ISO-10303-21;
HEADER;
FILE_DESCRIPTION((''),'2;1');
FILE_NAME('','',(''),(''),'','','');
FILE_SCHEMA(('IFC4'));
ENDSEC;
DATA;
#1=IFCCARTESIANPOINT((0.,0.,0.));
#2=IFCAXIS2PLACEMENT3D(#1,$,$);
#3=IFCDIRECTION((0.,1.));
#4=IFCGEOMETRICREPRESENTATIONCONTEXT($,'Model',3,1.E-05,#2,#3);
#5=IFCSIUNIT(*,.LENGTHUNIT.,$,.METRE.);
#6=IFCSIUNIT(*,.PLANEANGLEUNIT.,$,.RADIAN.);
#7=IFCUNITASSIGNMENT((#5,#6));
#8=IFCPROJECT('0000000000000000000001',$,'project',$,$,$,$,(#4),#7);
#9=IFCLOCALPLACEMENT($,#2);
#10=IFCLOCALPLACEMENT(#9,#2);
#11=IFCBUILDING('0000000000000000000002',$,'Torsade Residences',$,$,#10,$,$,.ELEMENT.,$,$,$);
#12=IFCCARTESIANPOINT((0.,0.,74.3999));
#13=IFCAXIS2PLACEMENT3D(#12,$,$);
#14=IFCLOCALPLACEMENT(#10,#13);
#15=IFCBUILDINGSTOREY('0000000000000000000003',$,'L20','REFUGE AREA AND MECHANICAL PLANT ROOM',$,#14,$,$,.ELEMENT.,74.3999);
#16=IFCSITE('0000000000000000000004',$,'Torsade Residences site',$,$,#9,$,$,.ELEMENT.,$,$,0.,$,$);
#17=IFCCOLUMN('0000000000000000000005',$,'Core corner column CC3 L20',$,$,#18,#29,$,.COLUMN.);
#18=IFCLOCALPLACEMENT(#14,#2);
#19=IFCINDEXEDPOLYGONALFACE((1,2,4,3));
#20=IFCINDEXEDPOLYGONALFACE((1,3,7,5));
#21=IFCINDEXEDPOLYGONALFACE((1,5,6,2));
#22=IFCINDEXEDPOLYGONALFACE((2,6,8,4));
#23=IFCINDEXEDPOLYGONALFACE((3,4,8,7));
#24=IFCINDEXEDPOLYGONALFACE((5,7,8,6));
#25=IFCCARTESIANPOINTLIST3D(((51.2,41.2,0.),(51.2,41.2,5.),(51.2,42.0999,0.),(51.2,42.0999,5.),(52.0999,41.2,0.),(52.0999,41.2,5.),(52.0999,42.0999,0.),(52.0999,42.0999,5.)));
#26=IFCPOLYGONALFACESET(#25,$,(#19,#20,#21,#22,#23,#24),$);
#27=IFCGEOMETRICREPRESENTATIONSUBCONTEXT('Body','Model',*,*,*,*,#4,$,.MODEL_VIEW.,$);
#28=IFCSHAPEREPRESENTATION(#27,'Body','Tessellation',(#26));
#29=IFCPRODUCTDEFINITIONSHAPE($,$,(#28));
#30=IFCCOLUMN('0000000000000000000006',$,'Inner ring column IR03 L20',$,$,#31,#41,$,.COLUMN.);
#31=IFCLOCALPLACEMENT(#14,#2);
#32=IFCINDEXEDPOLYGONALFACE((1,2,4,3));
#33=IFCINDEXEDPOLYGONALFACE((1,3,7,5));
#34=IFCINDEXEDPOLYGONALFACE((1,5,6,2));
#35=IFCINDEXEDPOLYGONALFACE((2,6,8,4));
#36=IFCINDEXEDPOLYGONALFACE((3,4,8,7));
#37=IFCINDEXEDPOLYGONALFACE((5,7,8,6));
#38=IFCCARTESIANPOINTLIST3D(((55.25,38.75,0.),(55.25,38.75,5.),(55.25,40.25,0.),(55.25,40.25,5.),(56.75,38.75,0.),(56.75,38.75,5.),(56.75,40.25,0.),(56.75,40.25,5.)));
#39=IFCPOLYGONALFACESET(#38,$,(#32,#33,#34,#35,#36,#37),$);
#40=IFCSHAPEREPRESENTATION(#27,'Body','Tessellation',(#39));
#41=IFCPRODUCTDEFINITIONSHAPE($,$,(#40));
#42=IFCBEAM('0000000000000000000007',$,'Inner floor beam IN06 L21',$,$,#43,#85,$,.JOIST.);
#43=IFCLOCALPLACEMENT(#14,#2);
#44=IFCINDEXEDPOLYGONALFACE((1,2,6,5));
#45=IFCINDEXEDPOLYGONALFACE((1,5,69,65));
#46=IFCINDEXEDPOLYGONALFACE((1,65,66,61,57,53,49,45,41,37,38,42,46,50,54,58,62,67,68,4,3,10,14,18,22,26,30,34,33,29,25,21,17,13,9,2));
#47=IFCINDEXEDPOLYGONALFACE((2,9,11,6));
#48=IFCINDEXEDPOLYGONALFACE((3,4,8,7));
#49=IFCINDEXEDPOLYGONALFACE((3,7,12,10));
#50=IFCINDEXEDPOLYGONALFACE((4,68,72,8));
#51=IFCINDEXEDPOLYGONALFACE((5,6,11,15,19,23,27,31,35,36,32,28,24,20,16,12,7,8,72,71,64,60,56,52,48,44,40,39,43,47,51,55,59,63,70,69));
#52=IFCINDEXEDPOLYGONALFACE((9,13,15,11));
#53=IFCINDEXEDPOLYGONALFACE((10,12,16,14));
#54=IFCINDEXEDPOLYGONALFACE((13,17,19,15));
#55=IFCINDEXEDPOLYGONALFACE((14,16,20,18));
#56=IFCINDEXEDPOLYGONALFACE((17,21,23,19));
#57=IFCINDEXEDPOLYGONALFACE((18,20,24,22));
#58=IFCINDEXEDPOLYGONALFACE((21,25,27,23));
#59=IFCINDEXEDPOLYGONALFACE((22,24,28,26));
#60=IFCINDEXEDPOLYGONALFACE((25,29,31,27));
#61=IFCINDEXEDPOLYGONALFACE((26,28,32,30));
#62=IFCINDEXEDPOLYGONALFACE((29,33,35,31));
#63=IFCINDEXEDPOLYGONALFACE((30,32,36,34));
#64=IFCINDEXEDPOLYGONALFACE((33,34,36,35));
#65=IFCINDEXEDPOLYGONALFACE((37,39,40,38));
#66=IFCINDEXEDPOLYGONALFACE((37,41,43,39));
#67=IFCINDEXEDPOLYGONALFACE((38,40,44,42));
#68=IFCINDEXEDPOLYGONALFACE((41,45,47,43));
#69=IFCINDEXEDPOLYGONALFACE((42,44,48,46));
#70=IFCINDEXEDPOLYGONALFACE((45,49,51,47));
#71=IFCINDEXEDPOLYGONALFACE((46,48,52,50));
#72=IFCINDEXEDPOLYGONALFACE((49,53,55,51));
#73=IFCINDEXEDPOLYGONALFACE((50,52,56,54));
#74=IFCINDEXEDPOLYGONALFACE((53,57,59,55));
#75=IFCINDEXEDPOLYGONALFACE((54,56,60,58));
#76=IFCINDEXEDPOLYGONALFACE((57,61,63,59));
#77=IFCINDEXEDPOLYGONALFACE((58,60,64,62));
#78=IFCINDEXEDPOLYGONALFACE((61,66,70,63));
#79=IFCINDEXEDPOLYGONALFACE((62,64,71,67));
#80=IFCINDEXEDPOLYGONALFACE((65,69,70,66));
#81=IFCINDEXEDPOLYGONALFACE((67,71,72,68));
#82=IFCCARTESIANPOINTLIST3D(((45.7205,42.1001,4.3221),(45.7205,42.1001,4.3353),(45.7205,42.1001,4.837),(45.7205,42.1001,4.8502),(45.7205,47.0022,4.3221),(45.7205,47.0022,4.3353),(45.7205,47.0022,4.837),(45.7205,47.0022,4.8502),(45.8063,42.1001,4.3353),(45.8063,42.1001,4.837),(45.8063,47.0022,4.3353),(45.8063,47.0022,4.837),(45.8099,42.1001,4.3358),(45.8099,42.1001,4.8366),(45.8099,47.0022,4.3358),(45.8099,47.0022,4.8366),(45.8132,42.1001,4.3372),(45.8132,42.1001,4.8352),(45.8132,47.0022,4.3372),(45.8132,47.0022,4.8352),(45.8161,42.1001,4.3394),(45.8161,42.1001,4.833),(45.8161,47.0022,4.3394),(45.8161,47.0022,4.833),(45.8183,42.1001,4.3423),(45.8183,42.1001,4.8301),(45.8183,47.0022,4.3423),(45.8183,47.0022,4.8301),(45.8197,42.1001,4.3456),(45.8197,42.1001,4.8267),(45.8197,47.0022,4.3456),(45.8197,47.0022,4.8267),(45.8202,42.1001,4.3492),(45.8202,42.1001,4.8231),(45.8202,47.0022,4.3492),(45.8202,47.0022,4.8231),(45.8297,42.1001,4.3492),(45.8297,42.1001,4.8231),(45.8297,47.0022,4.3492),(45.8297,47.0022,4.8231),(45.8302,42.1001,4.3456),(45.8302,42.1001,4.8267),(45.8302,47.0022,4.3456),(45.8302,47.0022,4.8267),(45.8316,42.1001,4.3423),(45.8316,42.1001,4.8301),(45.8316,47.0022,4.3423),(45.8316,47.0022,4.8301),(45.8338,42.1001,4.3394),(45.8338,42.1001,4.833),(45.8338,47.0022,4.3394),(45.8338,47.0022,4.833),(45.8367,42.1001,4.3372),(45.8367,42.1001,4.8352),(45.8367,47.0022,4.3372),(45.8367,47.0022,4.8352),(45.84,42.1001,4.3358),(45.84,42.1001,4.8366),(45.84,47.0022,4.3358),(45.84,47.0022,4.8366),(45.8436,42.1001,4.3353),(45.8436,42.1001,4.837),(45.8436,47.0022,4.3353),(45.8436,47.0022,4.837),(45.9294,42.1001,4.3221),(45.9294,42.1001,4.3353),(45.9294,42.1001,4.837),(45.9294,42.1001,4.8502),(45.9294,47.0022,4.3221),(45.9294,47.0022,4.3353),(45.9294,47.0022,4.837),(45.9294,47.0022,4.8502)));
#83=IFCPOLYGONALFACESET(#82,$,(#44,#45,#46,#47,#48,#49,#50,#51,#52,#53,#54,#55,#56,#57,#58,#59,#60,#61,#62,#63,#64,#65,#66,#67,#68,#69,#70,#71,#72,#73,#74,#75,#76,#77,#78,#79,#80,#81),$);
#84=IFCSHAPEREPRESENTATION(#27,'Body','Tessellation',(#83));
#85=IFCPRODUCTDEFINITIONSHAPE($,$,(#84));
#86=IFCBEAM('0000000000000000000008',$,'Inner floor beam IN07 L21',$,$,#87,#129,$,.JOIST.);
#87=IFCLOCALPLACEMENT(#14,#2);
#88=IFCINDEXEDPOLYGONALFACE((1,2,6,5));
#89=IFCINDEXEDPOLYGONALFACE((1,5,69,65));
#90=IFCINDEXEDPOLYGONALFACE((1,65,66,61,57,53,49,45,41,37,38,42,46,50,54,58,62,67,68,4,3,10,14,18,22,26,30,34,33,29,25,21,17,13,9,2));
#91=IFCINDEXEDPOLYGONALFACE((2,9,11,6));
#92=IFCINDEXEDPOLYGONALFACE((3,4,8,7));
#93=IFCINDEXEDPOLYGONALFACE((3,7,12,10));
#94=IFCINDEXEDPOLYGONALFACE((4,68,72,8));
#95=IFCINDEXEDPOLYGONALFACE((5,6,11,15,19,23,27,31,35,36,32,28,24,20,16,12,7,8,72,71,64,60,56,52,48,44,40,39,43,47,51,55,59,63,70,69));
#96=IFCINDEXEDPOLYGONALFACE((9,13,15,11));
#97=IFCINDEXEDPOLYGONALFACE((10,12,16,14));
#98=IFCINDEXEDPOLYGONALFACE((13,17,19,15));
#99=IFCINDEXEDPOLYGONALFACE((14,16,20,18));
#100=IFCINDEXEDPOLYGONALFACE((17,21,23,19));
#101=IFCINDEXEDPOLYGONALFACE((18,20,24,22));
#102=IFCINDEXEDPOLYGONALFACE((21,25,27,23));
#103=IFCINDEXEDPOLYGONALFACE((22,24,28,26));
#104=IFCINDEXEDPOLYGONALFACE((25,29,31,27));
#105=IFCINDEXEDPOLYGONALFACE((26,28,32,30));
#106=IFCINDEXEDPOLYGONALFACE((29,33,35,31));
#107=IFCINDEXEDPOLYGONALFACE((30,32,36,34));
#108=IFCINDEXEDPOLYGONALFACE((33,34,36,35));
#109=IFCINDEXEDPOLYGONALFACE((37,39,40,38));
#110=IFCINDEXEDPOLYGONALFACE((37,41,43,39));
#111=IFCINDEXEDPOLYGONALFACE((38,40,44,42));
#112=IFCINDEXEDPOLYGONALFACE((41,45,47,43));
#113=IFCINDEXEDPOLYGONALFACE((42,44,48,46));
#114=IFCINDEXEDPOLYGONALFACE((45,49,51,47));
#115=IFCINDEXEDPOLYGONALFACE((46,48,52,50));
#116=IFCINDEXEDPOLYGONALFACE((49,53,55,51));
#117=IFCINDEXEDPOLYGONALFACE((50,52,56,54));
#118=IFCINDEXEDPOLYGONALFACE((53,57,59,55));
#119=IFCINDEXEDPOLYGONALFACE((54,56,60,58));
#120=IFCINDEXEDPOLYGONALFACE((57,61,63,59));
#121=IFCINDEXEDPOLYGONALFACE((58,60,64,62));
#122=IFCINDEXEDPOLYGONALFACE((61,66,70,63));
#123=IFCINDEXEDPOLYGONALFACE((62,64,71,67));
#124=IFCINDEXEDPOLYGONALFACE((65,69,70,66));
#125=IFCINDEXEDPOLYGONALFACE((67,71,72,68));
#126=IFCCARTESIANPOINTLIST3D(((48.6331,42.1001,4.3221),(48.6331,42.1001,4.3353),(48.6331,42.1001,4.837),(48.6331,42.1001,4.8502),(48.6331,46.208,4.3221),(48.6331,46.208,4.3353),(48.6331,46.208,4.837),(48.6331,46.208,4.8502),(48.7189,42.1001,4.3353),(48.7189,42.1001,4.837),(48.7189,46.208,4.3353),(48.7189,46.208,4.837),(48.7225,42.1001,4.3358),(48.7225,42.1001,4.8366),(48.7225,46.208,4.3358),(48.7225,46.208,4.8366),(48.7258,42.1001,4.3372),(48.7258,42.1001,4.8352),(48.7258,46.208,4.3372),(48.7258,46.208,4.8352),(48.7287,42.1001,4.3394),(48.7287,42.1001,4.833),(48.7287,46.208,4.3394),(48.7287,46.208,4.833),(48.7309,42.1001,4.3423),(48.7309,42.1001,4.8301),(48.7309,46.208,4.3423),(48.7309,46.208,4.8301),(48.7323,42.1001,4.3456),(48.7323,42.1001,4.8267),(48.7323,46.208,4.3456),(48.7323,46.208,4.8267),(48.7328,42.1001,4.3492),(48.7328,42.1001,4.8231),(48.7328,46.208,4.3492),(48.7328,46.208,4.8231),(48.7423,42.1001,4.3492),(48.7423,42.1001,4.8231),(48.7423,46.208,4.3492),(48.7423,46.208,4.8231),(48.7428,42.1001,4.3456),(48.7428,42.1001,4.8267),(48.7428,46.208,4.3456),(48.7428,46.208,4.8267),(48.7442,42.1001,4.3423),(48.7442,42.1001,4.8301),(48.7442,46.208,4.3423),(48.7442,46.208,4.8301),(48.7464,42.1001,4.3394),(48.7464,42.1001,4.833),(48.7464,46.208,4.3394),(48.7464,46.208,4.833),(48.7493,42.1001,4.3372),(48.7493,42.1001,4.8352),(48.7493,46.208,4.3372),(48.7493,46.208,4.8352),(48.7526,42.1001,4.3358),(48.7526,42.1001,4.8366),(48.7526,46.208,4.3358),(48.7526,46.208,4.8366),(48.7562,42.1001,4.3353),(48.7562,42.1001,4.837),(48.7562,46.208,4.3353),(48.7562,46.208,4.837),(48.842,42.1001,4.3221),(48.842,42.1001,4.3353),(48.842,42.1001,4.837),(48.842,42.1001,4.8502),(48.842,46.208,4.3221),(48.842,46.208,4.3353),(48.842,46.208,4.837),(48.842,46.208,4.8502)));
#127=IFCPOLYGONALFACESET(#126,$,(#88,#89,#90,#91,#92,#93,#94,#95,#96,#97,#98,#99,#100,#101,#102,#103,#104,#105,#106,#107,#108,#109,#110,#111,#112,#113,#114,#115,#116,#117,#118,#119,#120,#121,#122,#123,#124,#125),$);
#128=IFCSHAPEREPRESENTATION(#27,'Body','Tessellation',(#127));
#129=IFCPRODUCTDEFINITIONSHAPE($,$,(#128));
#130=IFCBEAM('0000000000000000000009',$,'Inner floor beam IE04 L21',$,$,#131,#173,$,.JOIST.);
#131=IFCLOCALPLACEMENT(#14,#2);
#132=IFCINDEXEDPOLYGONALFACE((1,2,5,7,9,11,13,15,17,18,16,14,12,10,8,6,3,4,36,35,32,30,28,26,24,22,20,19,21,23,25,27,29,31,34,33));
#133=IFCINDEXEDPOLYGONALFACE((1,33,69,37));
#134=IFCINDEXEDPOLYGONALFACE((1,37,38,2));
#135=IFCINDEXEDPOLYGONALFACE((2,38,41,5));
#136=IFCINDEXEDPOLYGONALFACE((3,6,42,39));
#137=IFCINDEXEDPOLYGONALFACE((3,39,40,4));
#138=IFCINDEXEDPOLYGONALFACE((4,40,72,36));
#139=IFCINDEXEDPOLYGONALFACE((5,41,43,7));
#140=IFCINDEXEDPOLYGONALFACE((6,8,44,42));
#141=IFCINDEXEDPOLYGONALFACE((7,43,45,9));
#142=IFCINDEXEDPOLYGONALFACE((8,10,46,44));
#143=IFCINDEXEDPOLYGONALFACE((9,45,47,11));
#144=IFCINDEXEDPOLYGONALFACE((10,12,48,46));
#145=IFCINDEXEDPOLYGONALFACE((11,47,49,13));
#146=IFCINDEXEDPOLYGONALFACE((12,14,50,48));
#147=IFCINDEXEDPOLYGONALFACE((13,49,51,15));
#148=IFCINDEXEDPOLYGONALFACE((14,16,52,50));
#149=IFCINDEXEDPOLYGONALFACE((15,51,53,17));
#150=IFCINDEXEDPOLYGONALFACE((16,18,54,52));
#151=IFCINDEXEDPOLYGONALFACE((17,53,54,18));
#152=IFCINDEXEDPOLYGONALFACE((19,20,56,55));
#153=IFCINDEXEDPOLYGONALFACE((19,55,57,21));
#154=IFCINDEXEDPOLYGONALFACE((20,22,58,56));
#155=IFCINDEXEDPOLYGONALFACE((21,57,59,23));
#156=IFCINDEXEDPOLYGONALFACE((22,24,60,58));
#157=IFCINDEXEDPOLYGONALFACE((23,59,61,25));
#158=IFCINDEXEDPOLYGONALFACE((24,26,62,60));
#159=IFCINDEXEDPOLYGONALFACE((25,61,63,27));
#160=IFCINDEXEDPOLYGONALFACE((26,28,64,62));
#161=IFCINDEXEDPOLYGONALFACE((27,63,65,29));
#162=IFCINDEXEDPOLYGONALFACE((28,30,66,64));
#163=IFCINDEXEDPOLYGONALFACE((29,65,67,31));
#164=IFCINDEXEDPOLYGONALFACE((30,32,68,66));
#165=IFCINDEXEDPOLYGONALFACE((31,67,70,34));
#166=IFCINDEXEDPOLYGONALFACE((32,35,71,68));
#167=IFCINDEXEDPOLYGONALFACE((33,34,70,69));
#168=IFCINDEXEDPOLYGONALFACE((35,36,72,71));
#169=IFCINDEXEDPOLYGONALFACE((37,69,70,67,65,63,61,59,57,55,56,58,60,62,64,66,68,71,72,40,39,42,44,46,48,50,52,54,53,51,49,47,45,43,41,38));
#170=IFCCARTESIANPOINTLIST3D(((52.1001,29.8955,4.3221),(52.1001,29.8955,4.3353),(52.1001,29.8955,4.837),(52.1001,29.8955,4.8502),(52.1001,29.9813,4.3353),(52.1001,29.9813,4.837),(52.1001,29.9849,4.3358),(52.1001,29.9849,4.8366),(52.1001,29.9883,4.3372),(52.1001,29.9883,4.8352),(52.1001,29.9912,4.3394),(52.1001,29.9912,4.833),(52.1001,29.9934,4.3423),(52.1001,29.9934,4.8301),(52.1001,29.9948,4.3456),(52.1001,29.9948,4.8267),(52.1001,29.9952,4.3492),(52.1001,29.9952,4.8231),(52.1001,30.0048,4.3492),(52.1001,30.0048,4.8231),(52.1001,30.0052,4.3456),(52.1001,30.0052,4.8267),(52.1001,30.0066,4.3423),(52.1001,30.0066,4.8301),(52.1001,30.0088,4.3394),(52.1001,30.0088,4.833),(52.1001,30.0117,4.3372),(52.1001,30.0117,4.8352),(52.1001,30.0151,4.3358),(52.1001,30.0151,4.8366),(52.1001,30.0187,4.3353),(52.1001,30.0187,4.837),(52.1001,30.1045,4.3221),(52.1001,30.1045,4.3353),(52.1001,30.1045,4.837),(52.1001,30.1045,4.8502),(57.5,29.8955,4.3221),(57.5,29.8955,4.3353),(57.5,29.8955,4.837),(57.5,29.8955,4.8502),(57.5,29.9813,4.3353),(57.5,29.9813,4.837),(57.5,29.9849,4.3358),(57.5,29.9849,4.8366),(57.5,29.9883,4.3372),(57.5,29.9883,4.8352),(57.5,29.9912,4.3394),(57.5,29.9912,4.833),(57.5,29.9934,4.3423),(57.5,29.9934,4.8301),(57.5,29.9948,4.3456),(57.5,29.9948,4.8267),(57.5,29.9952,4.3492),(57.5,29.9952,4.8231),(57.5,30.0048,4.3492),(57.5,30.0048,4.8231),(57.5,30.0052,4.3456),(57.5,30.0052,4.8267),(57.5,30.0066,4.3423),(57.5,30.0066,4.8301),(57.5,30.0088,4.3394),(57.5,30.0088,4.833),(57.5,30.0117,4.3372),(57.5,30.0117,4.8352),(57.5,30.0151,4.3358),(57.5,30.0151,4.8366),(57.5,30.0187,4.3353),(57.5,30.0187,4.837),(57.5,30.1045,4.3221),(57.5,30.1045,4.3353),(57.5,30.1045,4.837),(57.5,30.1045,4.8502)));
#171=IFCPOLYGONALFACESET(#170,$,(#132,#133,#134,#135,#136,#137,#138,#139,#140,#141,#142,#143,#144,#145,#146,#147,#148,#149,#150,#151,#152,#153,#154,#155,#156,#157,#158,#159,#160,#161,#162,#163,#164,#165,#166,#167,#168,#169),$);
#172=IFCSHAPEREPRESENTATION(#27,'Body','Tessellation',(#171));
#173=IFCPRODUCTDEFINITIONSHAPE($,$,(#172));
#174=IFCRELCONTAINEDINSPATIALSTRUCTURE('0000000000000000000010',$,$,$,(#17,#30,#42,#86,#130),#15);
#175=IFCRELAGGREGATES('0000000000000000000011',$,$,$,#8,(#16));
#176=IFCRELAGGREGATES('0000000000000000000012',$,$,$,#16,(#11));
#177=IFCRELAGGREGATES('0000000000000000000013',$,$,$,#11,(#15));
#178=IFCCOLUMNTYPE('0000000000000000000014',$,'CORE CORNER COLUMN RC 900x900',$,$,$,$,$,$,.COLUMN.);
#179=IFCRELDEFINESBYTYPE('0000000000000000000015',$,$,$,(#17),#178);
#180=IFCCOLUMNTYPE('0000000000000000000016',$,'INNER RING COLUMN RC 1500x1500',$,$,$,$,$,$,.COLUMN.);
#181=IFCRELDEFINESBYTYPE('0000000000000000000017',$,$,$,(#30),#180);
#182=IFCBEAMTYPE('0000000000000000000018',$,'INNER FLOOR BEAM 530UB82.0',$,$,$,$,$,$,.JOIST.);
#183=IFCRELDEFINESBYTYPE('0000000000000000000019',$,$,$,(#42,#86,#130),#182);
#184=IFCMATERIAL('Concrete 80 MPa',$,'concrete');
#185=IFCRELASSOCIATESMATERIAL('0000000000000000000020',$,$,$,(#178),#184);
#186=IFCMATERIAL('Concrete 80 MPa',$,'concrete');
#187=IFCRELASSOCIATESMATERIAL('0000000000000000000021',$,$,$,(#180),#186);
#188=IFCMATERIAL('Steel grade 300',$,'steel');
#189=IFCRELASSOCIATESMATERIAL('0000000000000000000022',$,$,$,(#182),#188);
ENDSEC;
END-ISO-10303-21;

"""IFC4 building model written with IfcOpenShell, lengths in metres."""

from ifc_helpers import new_model, si_unit, direction, frame, origin, origin_2d, place, context, subcontext, project, spatial, rectangle, i_section, extrude, material, material_profile, profile_set, type_object, element, save


model = new_model("IFC4")

# Units and contexts
model_context = context("Model", 3, precision=1e-05, world=origin(), true_north=direction((0.0, 1.0)))
body_context = subcontext(model_context, "Body", "Model", "MODEL_VIEW")
ifc_project = project(units=[si_unit("LENGTHUNIT", "METRE"), si_unit("PLANEANGLEUNIT", "RADIAN")], contexts=[model_context])

# Site, building, storey
site_placement = place(None, origin())
site = spatial("IfcSite", under=ifc_project, at=site_placement, Name="Torsade Residences site", CompositionType="ELEMENT", RefElevation=0.0)
building_placement = place(site_placement, origin())
building = spatial("IfcBuilding", under=site, at=building_placement, Name="Torsade Residences", CompositionType="ELEMENT")
storey_placement = place(building_placement, frame((0.0, 0.0, 74.3999)))
storey = spatial("IfcBuildingStorey", under=building, at=storey_placement, Name="L20", Description="REFUGE AREA AND MECHANICAL PLANT ROOM", CompositionType="ELEMENT", Elevation=74.3999)

# Columns
ifc_material_1 = material(Name="Concrete 80 MPa", Category="concrete")
ifc_material_profile_1 = material_profile(ifc_material_1, rectangle(XDim=0.8999, YDim=0.8999, at=origin_2d()), Name="RC 900x900")
ifc_profile_set_1 = profile_set([ifc_material_profile_1], Name="Concrete 80 MPa")
column_type_1 = type_object("IfcColumnType", Name="CORE CORNER COLUMN RC 900x900", PredefinedType="COLUMN", material=ifc_profile_set_1)
column_1_placement = place(storey_placement, frame((51.6499, 41.6499, 0.0), z_axis=(0.0, 0.0, 1.0), x_axis=(1.0, 0.0, 0.0)))
element("IfcColumn", 1, at=column_1_placement, inside=storey, type_object=column_type_1, Name="Core corner column CC3 L20", PredefinedType="COLUMN", context=body_context, shape_type="SweptSolid", body=[
    extrude(rectangle(XDim=0.8999, YDim=0.8999, at=origin_2d()), origin(), (0.0, 0.0, 1.0), 5.0),
])
ifc_material_2 = material(Name="Concrete 80 MPa", Category="concrete")
ifc_material_profile_2 = material_profile(ifc_material_2, rectangle(XDim=1.5, YDim=1.5, at=origin_2d()), Name="RC 1500x1500")
ifc_profile_set_2 = profile_set([ifc_material_profile_2], Name="Concrete 80 MPa")
column_type_2 = type_object("IfcColumnType", Name="INNER RING COLUMN RC 1500x1500", PredefinedType="COLUMN", material=ifc_profile_set_2)
column_2_placement = place(storey_placement, frame((56.0, 39.5, 0.0), z_axis=(0.0, 0.0, 1.0), x_axis=(1.0, 0.0, 0.0)))
element("IfcColumn", 2, at=column_2_placement, inside=storey, type_object=column_type_2, Name="Inner ring column IR03 L20", PredefinedType="COLUMN", context=body_context, shape_type="SweptSolid", body=[
    extrude(rectangle(XDim=1.5, YDim=1.5, at=origin_2d()), origin(), (0.0, 0.0, 1.0), 5.0),
])

# Beams
ifc_material_3 = material(Name="Steel grade 300", Category="steel")
ifc_material_profile_3 = material_profile(ifc_material_3, i_section(OverallWidth=0.209, OverallDepth=0.5281, WebThickness=0.0095, FlangeThickness=0.0132, FilletRadius=0.0139, at=origin_2d()), Name="530UB82.0")
ifc_profile_set_3 = profile_set([ifc_material_profile_3], Name="Steel grade 300")
beam_type_1 = type_object("IfcBeamType", Name="INNER FLOOR BEAM 530UB82.0", PredefinedType="JOIST", material=ifc_profile_set_3)
beam_1_placement = place(storey_placement, frame((45.825, 42.1001, 4.5862), z_axis=(0.0, 1.0, 0.0), x_axis=(-1.0, 0.0, 0.0)))
element("IfcBeam", 3, at=beam_1_placement, inside=storey, type_object=beam_type_1, Name="Inner floor beam IN06 L21", PredefinedType="JOIST", context=body_context, shape_type="SweptSolid", body=[
    extrude(i_section(OverallWidth=0.209, OverallDepth=0.5281, WebThickness=0.0095, FlangeThickness=0.0132, FilletRadius=0.0139, at=origin_2d()), origin(), (0.0, 0.0, 1.0), 4.9021),
])
beam_2_placement = place(storey_placement, frame((48.7375, 42.1001, 4.5862), z_axis=(0.0, 1.0, 0.0), x_axis=(-1.0, 0.0, 0.0)))
element("IfcBeam", 4, at=beam_2_placement, inside=storey, type_object=beam_type_1, Name="Inner floor beam IN07 L21", PredefinedType="JOIST", context=body_context, shape_type="SweptSolid", body=[
    extrude(i_section(OverallWidth=0.209, OverallDepth=0.5281, WebThickness=0.0095, FlangeThickness=0.0132, FilletRadius=0.0139, at=origin_2d()), origin(), (0.0, 0.0, 1.0), 4.1079),
])
for number, where, z_axis, x_axis, name in (
    (5, (52.1001, 30.0, 4.5862), (1.0, 0.0, 0.0), (0.0, 1.0, 0.0), "Inner floor beam IE04 L21"),
):
    element("IfcBeam", number, at=place(storey_placement, frame(where, z_axis=z_axis, x_axis=x_axis)), inside=storey, type_object=beam_type_1, Name=name, PredefinedType="JOIST", context=body_context, shape_type="SweptSolid", body=[
        extrude(i_section(OverallWidth=0.209, OverallDepth=0.5281, WebThickness=0.0095, FlangeThickness=0.0132, FilletRadius=0.0139, at=origin_2d()), origin(), (0.0, 0.0, 1.0), 5.3999),
    ])

save(model, "model.ifc")
